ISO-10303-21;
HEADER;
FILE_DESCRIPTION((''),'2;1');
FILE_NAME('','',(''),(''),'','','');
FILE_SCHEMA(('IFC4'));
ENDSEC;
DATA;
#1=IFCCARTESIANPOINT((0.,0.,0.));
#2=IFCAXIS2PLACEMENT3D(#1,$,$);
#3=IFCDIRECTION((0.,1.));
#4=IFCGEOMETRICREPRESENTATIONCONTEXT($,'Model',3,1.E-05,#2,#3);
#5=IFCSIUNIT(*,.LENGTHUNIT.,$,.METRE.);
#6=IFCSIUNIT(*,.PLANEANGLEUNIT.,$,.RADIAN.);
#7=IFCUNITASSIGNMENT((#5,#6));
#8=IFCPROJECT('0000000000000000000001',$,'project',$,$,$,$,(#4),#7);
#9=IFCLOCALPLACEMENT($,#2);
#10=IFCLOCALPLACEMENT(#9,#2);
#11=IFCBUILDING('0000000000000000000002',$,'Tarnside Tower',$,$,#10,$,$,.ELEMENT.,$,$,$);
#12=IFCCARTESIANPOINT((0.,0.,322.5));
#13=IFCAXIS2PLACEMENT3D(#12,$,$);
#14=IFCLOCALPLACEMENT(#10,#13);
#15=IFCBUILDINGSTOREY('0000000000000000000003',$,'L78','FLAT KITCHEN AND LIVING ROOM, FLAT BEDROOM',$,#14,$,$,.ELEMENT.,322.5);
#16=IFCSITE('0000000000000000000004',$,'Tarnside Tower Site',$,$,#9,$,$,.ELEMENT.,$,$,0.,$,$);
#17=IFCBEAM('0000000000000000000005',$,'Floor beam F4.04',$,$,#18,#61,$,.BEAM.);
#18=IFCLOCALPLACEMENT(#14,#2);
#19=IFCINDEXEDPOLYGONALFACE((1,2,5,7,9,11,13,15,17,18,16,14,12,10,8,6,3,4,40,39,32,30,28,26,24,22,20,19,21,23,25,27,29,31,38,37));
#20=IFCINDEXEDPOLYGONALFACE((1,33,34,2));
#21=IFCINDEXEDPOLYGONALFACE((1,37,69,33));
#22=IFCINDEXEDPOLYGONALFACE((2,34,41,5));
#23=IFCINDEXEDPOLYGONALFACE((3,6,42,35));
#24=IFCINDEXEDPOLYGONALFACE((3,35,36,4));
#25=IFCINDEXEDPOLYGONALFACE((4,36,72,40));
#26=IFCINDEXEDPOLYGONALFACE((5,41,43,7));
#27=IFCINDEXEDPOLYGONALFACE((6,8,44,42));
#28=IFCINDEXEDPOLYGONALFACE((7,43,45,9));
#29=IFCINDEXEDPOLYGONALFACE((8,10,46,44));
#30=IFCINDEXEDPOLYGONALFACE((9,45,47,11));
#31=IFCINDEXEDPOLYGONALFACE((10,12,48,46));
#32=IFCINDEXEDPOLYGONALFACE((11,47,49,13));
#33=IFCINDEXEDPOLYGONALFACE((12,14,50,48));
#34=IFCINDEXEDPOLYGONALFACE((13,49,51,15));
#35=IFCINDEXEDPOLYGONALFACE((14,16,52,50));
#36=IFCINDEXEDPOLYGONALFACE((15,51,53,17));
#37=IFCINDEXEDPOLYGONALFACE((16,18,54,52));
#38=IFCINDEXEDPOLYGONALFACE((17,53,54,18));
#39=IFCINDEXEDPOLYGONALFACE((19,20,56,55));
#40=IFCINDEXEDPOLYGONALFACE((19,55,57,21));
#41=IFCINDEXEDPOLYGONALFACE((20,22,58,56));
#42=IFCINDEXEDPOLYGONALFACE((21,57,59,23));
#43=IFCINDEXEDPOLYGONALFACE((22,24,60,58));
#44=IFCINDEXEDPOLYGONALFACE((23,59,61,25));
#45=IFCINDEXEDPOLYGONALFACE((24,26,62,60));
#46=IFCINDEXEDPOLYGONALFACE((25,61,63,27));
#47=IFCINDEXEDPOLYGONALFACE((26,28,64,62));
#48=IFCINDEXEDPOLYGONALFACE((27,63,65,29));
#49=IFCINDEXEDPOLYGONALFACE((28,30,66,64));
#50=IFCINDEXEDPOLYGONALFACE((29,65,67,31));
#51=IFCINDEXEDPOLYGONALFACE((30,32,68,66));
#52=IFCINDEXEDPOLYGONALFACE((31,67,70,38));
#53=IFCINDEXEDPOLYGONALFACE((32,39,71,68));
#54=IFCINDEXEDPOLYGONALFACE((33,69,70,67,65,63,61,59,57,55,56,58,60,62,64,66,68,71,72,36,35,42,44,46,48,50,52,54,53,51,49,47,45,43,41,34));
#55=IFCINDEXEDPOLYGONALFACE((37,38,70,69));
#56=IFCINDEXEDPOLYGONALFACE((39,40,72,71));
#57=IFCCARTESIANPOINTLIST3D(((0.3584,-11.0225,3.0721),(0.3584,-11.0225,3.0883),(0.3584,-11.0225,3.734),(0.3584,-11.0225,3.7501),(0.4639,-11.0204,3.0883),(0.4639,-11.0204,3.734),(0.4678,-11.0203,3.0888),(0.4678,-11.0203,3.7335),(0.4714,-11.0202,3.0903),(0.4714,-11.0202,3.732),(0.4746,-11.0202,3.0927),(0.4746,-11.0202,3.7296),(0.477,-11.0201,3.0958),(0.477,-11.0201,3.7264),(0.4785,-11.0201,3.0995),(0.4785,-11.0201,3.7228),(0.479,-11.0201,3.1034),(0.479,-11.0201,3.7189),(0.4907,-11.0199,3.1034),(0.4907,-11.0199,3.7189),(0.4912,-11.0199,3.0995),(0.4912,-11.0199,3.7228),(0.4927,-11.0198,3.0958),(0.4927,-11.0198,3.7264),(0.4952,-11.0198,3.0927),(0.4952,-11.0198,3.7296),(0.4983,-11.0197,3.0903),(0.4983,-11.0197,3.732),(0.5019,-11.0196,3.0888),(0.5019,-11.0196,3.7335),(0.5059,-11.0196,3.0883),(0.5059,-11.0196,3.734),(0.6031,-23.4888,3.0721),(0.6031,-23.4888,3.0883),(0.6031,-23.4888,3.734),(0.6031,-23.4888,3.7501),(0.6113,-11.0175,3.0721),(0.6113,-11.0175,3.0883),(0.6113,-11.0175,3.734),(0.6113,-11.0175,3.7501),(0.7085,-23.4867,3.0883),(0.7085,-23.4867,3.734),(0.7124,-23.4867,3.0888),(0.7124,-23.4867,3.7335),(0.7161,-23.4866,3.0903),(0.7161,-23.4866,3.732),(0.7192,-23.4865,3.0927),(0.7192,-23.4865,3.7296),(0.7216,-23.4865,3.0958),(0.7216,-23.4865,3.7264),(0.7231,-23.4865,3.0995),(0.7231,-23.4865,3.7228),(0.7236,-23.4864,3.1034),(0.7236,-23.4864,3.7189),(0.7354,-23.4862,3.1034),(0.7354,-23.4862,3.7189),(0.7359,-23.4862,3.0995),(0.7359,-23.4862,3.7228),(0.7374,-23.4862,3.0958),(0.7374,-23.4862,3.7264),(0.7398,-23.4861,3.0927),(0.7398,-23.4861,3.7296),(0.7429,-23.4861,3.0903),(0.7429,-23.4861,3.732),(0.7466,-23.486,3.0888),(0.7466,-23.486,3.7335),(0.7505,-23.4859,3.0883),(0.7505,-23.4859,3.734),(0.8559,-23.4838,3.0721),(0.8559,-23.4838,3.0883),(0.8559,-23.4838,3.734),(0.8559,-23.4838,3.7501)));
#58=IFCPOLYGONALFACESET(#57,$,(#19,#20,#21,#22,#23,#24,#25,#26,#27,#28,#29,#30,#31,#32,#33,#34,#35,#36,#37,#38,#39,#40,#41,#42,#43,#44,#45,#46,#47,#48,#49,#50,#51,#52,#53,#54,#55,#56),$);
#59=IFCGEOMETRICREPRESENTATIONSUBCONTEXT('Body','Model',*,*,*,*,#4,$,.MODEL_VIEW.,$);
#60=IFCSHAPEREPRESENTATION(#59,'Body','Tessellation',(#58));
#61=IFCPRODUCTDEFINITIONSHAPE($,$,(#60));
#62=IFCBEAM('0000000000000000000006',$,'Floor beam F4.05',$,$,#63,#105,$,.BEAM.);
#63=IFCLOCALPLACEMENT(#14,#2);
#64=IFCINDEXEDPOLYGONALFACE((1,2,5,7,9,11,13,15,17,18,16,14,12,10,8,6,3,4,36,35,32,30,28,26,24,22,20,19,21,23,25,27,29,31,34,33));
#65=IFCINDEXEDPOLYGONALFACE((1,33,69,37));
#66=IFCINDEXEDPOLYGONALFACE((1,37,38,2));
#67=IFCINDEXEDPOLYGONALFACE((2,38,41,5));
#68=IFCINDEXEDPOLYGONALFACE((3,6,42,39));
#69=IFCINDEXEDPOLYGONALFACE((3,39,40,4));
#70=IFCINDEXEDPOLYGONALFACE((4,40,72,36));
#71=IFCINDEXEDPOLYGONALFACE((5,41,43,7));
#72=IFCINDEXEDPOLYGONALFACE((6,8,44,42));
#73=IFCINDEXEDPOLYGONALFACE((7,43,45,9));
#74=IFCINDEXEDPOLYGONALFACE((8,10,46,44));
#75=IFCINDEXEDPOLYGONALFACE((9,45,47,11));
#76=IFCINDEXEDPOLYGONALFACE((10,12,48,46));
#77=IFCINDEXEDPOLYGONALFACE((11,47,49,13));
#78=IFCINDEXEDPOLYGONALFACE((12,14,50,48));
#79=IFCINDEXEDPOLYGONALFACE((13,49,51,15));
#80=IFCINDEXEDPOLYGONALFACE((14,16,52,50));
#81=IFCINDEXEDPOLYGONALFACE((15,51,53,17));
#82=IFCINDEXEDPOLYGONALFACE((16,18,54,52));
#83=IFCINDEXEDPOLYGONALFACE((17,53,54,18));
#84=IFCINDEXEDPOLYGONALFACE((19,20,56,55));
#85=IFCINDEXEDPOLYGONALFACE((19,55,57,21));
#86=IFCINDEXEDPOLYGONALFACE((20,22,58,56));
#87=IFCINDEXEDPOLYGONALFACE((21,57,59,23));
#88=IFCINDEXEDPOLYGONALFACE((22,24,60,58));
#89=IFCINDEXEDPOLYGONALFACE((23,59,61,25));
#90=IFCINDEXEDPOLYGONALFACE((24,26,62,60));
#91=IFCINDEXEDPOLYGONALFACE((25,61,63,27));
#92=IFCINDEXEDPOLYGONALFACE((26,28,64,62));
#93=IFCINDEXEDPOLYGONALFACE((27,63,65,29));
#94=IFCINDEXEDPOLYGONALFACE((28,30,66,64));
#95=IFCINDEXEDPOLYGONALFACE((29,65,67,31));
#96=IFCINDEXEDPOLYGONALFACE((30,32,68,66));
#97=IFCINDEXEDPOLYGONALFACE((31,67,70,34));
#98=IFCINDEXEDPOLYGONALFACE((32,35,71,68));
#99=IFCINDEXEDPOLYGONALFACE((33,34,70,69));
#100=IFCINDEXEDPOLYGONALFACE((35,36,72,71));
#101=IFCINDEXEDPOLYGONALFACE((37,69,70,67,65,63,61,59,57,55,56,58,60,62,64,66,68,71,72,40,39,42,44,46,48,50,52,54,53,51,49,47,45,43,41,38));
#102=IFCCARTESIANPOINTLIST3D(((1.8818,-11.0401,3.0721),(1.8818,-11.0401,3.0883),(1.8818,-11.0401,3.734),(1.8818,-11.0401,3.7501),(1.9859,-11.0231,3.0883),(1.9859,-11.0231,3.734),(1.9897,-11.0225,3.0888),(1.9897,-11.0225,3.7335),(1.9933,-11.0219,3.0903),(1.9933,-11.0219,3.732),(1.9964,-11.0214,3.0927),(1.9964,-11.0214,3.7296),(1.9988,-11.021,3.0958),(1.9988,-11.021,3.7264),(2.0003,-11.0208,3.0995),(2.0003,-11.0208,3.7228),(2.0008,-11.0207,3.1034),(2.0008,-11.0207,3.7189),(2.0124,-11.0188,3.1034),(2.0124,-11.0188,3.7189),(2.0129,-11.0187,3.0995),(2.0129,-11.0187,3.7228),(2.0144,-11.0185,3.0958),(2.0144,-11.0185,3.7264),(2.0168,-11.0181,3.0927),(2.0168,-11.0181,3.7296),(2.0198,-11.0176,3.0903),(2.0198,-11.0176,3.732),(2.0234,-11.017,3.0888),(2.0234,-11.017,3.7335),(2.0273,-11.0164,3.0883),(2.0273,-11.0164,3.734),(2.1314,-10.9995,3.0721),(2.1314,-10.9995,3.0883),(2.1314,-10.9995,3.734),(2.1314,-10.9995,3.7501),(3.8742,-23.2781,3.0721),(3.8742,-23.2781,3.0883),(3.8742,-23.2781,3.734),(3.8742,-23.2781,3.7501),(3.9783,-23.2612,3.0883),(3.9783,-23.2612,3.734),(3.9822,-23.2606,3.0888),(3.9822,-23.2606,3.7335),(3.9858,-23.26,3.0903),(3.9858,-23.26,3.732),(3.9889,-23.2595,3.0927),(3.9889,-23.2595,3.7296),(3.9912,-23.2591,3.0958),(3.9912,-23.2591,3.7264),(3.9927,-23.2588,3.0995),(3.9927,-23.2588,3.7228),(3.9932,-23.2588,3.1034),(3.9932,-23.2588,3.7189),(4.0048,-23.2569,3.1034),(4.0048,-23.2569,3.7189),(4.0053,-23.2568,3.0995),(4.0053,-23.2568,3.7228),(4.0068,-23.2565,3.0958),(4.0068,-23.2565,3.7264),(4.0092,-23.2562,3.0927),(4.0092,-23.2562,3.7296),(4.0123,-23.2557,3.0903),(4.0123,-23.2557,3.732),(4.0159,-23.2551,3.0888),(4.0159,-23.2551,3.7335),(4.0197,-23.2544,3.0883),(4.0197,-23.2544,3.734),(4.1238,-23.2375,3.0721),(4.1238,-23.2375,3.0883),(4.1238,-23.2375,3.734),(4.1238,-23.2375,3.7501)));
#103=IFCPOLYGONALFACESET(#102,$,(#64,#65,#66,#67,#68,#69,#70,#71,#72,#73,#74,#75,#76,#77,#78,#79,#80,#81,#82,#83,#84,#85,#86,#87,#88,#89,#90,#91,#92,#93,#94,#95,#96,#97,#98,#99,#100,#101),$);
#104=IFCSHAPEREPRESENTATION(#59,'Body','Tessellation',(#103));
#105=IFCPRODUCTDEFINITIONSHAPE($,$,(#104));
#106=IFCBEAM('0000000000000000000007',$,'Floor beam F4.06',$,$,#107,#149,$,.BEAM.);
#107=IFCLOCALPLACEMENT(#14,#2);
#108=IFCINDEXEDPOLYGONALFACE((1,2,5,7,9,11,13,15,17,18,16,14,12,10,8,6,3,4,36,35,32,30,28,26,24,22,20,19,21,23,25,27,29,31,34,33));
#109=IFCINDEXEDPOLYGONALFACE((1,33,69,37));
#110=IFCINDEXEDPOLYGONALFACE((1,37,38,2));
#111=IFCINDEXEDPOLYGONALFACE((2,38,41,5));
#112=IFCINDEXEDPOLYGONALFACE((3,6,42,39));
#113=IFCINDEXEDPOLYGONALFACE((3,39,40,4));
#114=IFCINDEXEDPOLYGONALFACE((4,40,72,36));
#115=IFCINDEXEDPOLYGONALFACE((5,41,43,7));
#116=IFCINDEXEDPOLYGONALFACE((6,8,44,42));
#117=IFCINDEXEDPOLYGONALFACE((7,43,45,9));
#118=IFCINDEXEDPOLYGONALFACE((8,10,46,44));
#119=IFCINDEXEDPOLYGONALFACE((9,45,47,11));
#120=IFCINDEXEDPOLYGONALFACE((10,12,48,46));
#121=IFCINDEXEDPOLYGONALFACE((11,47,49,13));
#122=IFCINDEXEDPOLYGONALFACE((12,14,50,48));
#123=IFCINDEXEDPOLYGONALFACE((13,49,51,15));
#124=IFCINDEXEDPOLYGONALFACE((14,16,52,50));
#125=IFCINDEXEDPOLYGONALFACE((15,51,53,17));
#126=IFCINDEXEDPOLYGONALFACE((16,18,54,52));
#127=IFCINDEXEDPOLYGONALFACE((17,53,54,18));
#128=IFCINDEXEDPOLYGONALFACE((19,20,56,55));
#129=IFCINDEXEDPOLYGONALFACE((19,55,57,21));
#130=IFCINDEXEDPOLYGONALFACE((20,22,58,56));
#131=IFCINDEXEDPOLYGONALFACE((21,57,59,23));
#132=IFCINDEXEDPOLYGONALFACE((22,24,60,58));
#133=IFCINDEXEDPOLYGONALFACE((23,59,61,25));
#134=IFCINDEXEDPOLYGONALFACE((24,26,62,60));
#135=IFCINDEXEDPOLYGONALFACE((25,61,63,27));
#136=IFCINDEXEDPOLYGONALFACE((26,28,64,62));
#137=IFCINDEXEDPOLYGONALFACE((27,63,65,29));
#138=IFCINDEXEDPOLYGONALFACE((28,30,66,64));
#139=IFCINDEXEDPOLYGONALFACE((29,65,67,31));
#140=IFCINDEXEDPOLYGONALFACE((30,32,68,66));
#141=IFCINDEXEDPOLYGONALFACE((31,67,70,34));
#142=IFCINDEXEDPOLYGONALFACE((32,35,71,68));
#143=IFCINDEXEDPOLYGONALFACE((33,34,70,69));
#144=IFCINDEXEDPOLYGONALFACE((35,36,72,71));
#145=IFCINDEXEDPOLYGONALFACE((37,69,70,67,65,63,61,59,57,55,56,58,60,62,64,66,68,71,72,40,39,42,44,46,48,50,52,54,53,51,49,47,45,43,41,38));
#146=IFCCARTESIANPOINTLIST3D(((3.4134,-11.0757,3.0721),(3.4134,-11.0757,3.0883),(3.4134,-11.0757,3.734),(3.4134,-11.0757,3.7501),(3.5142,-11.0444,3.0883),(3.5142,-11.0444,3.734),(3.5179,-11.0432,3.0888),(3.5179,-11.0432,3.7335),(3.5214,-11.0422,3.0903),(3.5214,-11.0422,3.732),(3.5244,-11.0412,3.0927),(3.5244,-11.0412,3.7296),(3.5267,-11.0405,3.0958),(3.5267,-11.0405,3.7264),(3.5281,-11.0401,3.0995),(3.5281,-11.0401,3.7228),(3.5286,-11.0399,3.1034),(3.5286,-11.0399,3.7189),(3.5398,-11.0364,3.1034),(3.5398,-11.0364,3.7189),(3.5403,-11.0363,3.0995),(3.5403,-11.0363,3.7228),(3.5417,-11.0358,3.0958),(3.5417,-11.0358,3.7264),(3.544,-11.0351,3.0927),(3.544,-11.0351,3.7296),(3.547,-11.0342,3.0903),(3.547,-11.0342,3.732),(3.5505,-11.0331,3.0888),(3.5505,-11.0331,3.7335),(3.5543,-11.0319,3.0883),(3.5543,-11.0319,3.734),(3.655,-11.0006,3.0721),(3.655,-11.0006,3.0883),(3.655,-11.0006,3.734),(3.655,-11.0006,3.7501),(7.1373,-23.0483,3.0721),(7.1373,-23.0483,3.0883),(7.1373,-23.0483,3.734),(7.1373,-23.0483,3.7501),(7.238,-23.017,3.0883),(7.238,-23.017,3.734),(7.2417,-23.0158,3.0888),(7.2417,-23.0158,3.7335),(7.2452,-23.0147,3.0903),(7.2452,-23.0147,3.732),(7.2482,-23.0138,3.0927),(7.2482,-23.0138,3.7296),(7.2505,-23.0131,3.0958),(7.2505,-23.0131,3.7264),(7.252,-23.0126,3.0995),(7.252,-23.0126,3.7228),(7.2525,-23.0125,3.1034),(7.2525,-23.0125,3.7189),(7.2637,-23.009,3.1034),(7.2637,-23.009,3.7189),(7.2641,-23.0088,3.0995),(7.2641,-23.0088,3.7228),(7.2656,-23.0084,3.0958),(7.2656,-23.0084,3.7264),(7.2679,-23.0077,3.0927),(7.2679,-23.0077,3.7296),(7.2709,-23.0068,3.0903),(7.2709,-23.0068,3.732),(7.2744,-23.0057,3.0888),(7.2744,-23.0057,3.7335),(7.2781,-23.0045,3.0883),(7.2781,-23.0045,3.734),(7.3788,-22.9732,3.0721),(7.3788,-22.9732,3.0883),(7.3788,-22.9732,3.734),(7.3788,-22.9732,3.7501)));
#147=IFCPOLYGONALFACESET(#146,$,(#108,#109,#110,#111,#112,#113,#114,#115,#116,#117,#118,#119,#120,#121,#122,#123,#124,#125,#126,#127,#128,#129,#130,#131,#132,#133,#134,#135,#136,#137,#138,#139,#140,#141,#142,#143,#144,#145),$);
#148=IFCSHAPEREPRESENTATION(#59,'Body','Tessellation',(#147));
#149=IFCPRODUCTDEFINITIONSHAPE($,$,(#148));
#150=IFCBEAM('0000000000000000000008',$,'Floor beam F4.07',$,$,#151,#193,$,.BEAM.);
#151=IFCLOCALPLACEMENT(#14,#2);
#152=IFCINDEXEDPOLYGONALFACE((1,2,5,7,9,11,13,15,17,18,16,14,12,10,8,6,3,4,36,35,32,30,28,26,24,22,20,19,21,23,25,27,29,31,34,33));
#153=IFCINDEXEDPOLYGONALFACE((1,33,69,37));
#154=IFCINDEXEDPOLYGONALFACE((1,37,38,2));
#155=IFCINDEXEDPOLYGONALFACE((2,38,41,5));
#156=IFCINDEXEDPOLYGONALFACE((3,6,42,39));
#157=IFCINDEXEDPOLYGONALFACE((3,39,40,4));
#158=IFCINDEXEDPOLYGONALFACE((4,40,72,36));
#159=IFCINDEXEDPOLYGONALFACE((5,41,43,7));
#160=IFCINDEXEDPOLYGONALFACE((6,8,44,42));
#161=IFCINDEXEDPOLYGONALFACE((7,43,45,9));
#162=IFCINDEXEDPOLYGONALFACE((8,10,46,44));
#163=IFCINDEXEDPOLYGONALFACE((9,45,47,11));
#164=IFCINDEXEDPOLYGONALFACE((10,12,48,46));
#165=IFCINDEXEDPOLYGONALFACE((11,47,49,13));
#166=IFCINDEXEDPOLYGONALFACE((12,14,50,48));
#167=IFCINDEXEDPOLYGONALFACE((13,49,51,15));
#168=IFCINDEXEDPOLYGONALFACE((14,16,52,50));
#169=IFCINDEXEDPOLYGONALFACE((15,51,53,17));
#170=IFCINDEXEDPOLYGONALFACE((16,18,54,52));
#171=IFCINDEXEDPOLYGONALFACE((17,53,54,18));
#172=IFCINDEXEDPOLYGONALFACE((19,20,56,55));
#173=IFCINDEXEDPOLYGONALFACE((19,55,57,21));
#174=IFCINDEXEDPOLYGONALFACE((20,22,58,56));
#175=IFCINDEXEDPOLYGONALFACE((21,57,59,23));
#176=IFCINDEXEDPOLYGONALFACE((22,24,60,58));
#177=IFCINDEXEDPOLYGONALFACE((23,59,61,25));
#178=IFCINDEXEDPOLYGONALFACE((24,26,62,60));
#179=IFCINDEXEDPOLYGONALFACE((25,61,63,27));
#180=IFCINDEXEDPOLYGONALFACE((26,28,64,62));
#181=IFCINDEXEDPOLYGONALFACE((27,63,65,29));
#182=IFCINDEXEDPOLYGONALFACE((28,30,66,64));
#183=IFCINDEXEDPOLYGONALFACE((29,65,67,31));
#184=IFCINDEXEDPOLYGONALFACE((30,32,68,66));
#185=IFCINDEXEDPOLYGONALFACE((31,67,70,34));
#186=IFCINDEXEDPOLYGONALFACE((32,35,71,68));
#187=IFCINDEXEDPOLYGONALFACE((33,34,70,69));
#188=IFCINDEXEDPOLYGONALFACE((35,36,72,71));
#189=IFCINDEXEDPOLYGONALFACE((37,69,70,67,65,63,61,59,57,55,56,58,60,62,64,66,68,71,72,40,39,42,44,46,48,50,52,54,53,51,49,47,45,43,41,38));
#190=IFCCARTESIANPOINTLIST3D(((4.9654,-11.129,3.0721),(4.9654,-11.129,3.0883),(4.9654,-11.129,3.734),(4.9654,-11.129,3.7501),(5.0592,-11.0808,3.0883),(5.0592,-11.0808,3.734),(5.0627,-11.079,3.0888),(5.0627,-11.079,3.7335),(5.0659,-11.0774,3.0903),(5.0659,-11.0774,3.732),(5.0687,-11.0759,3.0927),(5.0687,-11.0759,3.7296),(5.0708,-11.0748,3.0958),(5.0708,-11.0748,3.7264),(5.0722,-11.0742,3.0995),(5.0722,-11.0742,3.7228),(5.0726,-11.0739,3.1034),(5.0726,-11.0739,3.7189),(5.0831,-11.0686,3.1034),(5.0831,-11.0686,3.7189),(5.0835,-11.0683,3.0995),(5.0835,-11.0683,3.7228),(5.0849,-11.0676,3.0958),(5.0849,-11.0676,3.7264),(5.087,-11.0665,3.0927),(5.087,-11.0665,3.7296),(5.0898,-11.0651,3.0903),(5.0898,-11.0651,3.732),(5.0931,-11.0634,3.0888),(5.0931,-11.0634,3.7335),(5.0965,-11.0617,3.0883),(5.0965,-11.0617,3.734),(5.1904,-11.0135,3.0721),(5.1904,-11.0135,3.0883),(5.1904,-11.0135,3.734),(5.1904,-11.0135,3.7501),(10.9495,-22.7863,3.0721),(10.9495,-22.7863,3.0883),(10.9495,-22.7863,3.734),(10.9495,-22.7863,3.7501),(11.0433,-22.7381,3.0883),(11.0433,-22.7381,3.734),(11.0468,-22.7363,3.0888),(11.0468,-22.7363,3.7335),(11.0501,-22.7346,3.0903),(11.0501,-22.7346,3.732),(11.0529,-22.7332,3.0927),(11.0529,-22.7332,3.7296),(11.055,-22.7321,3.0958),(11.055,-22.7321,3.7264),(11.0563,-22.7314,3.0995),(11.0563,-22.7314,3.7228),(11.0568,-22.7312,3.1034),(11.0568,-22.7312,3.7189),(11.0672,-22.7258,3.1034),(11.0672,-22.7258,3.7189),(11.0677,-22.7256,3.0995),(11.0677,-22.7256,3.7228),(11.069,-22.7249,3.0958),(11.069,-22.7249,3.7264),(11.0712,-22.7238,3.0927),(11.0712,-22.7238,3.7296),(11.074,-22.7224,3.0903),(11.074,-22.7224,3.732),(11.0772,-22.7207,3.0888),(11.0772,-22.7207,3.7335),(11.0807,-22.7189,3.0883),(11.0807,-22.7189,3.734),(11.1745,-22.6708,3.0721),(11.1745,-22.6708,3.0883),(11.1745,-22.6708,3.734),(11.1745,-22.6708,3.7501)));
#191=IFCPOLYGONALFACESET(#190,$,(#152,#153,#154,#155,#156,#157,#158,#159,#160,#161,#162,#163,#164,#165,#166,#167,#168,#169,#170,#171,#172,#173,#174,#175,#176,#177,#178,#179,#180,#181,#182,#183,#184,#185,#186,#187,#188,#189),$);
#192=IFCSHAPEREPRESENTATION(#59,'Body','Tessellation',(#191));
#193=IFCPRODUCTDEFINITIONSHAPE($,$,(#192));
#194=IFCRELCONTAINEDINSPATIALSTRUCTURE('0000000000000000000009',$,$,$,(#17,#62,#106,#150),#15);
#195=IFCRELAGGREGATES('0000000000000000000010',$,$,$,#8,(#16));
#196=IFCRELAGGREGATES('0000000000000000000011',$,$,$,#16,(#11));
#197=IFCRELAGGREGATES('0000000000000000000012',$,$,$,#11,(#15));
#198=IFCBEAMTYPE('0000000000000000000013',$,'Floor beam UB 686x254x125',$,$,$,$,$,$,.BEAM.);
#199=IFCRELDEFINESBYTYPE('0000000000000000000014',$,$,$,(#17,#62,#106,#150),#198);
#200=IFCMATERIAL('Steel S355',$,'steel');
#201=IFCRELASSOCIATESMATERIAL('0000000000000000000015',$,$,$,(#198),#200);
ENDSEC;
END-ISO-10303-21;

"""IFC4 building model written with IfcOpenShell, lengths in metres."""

from ifc_helpers import new_model, si_unit, direction, frame, origin, origin_2d, place, context, subcontext, project, spatial, i_section, extrude, material, material_profile, profile_set, type_object, element, save


model = new_model("IFC4")

# Units and contexts
model_context = context("Model", 3, precision=1e-05, world=origin(), true_north=direction((0.0, 1.0)))
body_context = subcontext(model_context, "Body", "Model", "MODEL_VIEW")
ifc_project = project(units=[si_unit("LENGTHUNIT", "METRE"), si_unit("PLANEANGLEUNIT", "RADIAN")], contexts=[model_context])

# Site, building, storey
site_placement = place(None, origin())
site = spatial("IfcSite", under=ifc_project, at=site_placement, Name="Tarnside Tower Site", CompositionType="ELEMENT", RefElevation=0.0)
building_placement = place(site_placement, origin())
building = spatial("IfcBuilding", under=site, at=building_placement, Name="Tarnside Tower", CompositionType="ELEMENT")
storey_placement = place(building_placement, frame((0.0, 0.0, 322.5)))
storey = spatial("IfcBuildingStorey", under=building, at=storey_placement, Name="L78", Description="FLAT KITCHEN AND LIVING ROOM, FLAT BEDROOM", CompositionType="ELEMENT", Elevation=322.5)

# Beams
ifc_material_1 = material(Name="Steel S355", Category="steel")
ifc_material_profile = material_profile(ifc_material_1, i_section(OverallWidth=0.2529, OverallDepth=0.678, WebThickness=0.0117, FlangeThickness=0.0161, FilletRadius=0.0151, at=origin_2d()), Name="UB 686x254x125")
ifc_profile_set = profile_set([ifc_material_profile], Name="Steel S355")
beam_type = type_object("IfcBeamType", Name="Floor beam UB 686x254x125", PredefinedType="BEAM", material=ifc_profile_set)
beam_1_placement = place(storey_placement, frame((0.7295, -23.4863, 3.4111), z_axis=(-0.019619, 0.999808, 0.0), x_axis=(-0.999808, -0.019619, 0.0)))
element("IfcBeam", 1, at=beam_1_placement, inside=storey, type_object=beam_type, Name="Floor beam F4.04", PredefinedType="BEAM", context=body_context, shape_type="SweptSolid", body=[
    extrude(i_section(OverallWidth=0.2529, OverallDepth=0.678, WebThickness=0.0117, FlangeThickness=0.0161, FilletRadius=0.0151, at=origin_2d()), origin(), (0.0, 0.0, 1.0), 12.4688),
])
beam_2_placement = place(storey_placement, frame((3.999, -23.2578, 3.4111), z_axis=(-0.160691, 0.987005, 0.0), x_axis=(-0.987005, -0.160691, 0.0)))
element("IfcBeam", 2, at=beam_2_placement, inside=storey, type_object=beam_type, Name="Floor beam F4.05", PredefinedType="BEAM", context=body_context, shape_type="SweptSolid", body=[
    extrude(i_section(OverallWidth=0.2529, OverallDepth=0.678, WebThickness=0.0117, FlangeThickness=0.0161, FilletRadius=0.0151, at=origin_2d()), origin(), (0.0, 0.0, 1.0), 12.3992),
])
beam_3_placement = place(storey_placement, frame((7.2581, -23.0107, 3.4111), z_axis=(-0.296998, 0.954878, 0.0), x_axis=(-0.954878, -0.296998, 0.0)))
element("IfcBeam", 3, at=beam_3_placement, inside=storey, type_object=beam_type, Name="Floor beam F4.06", PredefinedType="BEAM", context=body_context, shape_type="SweptSolid", body=[
    extrude(i_section(OverallWidth=0.2529, OverallDepth=0.678, WebThickness=0.0117, FlangeThickness=0.0161, FilletRadius=0.0151, at=origin_2d()), origin(), (0.0, 0.0, 1.0), 12.5383),
])
beam_4_placement = place(storey_placement, frame((11.062, -22.7285, 3.4111), z_axis=(-0.456683, 0.889629, 0.0), x_axis=(-0.889629, -0.456683, 0.0)))
element("IfcBeam", 4, at=beam_4_placement, inside=storey, type_object=beam_type, Name="Floor beam F4.07", PredefinedType="BEAM", context=body_context, shape_type="SweptSolid", body=[
    extrude(i_section(OverallWidth=0.2529, OverallDepth=0.678, WebThickness=0.0117, FlangeThickness=0.0161, FilletRadius=0.0151, at=origin_2d()), origin(), (0.0, 0.0, 1.0), 13.1035),
])

save(model, "model.ifc")
